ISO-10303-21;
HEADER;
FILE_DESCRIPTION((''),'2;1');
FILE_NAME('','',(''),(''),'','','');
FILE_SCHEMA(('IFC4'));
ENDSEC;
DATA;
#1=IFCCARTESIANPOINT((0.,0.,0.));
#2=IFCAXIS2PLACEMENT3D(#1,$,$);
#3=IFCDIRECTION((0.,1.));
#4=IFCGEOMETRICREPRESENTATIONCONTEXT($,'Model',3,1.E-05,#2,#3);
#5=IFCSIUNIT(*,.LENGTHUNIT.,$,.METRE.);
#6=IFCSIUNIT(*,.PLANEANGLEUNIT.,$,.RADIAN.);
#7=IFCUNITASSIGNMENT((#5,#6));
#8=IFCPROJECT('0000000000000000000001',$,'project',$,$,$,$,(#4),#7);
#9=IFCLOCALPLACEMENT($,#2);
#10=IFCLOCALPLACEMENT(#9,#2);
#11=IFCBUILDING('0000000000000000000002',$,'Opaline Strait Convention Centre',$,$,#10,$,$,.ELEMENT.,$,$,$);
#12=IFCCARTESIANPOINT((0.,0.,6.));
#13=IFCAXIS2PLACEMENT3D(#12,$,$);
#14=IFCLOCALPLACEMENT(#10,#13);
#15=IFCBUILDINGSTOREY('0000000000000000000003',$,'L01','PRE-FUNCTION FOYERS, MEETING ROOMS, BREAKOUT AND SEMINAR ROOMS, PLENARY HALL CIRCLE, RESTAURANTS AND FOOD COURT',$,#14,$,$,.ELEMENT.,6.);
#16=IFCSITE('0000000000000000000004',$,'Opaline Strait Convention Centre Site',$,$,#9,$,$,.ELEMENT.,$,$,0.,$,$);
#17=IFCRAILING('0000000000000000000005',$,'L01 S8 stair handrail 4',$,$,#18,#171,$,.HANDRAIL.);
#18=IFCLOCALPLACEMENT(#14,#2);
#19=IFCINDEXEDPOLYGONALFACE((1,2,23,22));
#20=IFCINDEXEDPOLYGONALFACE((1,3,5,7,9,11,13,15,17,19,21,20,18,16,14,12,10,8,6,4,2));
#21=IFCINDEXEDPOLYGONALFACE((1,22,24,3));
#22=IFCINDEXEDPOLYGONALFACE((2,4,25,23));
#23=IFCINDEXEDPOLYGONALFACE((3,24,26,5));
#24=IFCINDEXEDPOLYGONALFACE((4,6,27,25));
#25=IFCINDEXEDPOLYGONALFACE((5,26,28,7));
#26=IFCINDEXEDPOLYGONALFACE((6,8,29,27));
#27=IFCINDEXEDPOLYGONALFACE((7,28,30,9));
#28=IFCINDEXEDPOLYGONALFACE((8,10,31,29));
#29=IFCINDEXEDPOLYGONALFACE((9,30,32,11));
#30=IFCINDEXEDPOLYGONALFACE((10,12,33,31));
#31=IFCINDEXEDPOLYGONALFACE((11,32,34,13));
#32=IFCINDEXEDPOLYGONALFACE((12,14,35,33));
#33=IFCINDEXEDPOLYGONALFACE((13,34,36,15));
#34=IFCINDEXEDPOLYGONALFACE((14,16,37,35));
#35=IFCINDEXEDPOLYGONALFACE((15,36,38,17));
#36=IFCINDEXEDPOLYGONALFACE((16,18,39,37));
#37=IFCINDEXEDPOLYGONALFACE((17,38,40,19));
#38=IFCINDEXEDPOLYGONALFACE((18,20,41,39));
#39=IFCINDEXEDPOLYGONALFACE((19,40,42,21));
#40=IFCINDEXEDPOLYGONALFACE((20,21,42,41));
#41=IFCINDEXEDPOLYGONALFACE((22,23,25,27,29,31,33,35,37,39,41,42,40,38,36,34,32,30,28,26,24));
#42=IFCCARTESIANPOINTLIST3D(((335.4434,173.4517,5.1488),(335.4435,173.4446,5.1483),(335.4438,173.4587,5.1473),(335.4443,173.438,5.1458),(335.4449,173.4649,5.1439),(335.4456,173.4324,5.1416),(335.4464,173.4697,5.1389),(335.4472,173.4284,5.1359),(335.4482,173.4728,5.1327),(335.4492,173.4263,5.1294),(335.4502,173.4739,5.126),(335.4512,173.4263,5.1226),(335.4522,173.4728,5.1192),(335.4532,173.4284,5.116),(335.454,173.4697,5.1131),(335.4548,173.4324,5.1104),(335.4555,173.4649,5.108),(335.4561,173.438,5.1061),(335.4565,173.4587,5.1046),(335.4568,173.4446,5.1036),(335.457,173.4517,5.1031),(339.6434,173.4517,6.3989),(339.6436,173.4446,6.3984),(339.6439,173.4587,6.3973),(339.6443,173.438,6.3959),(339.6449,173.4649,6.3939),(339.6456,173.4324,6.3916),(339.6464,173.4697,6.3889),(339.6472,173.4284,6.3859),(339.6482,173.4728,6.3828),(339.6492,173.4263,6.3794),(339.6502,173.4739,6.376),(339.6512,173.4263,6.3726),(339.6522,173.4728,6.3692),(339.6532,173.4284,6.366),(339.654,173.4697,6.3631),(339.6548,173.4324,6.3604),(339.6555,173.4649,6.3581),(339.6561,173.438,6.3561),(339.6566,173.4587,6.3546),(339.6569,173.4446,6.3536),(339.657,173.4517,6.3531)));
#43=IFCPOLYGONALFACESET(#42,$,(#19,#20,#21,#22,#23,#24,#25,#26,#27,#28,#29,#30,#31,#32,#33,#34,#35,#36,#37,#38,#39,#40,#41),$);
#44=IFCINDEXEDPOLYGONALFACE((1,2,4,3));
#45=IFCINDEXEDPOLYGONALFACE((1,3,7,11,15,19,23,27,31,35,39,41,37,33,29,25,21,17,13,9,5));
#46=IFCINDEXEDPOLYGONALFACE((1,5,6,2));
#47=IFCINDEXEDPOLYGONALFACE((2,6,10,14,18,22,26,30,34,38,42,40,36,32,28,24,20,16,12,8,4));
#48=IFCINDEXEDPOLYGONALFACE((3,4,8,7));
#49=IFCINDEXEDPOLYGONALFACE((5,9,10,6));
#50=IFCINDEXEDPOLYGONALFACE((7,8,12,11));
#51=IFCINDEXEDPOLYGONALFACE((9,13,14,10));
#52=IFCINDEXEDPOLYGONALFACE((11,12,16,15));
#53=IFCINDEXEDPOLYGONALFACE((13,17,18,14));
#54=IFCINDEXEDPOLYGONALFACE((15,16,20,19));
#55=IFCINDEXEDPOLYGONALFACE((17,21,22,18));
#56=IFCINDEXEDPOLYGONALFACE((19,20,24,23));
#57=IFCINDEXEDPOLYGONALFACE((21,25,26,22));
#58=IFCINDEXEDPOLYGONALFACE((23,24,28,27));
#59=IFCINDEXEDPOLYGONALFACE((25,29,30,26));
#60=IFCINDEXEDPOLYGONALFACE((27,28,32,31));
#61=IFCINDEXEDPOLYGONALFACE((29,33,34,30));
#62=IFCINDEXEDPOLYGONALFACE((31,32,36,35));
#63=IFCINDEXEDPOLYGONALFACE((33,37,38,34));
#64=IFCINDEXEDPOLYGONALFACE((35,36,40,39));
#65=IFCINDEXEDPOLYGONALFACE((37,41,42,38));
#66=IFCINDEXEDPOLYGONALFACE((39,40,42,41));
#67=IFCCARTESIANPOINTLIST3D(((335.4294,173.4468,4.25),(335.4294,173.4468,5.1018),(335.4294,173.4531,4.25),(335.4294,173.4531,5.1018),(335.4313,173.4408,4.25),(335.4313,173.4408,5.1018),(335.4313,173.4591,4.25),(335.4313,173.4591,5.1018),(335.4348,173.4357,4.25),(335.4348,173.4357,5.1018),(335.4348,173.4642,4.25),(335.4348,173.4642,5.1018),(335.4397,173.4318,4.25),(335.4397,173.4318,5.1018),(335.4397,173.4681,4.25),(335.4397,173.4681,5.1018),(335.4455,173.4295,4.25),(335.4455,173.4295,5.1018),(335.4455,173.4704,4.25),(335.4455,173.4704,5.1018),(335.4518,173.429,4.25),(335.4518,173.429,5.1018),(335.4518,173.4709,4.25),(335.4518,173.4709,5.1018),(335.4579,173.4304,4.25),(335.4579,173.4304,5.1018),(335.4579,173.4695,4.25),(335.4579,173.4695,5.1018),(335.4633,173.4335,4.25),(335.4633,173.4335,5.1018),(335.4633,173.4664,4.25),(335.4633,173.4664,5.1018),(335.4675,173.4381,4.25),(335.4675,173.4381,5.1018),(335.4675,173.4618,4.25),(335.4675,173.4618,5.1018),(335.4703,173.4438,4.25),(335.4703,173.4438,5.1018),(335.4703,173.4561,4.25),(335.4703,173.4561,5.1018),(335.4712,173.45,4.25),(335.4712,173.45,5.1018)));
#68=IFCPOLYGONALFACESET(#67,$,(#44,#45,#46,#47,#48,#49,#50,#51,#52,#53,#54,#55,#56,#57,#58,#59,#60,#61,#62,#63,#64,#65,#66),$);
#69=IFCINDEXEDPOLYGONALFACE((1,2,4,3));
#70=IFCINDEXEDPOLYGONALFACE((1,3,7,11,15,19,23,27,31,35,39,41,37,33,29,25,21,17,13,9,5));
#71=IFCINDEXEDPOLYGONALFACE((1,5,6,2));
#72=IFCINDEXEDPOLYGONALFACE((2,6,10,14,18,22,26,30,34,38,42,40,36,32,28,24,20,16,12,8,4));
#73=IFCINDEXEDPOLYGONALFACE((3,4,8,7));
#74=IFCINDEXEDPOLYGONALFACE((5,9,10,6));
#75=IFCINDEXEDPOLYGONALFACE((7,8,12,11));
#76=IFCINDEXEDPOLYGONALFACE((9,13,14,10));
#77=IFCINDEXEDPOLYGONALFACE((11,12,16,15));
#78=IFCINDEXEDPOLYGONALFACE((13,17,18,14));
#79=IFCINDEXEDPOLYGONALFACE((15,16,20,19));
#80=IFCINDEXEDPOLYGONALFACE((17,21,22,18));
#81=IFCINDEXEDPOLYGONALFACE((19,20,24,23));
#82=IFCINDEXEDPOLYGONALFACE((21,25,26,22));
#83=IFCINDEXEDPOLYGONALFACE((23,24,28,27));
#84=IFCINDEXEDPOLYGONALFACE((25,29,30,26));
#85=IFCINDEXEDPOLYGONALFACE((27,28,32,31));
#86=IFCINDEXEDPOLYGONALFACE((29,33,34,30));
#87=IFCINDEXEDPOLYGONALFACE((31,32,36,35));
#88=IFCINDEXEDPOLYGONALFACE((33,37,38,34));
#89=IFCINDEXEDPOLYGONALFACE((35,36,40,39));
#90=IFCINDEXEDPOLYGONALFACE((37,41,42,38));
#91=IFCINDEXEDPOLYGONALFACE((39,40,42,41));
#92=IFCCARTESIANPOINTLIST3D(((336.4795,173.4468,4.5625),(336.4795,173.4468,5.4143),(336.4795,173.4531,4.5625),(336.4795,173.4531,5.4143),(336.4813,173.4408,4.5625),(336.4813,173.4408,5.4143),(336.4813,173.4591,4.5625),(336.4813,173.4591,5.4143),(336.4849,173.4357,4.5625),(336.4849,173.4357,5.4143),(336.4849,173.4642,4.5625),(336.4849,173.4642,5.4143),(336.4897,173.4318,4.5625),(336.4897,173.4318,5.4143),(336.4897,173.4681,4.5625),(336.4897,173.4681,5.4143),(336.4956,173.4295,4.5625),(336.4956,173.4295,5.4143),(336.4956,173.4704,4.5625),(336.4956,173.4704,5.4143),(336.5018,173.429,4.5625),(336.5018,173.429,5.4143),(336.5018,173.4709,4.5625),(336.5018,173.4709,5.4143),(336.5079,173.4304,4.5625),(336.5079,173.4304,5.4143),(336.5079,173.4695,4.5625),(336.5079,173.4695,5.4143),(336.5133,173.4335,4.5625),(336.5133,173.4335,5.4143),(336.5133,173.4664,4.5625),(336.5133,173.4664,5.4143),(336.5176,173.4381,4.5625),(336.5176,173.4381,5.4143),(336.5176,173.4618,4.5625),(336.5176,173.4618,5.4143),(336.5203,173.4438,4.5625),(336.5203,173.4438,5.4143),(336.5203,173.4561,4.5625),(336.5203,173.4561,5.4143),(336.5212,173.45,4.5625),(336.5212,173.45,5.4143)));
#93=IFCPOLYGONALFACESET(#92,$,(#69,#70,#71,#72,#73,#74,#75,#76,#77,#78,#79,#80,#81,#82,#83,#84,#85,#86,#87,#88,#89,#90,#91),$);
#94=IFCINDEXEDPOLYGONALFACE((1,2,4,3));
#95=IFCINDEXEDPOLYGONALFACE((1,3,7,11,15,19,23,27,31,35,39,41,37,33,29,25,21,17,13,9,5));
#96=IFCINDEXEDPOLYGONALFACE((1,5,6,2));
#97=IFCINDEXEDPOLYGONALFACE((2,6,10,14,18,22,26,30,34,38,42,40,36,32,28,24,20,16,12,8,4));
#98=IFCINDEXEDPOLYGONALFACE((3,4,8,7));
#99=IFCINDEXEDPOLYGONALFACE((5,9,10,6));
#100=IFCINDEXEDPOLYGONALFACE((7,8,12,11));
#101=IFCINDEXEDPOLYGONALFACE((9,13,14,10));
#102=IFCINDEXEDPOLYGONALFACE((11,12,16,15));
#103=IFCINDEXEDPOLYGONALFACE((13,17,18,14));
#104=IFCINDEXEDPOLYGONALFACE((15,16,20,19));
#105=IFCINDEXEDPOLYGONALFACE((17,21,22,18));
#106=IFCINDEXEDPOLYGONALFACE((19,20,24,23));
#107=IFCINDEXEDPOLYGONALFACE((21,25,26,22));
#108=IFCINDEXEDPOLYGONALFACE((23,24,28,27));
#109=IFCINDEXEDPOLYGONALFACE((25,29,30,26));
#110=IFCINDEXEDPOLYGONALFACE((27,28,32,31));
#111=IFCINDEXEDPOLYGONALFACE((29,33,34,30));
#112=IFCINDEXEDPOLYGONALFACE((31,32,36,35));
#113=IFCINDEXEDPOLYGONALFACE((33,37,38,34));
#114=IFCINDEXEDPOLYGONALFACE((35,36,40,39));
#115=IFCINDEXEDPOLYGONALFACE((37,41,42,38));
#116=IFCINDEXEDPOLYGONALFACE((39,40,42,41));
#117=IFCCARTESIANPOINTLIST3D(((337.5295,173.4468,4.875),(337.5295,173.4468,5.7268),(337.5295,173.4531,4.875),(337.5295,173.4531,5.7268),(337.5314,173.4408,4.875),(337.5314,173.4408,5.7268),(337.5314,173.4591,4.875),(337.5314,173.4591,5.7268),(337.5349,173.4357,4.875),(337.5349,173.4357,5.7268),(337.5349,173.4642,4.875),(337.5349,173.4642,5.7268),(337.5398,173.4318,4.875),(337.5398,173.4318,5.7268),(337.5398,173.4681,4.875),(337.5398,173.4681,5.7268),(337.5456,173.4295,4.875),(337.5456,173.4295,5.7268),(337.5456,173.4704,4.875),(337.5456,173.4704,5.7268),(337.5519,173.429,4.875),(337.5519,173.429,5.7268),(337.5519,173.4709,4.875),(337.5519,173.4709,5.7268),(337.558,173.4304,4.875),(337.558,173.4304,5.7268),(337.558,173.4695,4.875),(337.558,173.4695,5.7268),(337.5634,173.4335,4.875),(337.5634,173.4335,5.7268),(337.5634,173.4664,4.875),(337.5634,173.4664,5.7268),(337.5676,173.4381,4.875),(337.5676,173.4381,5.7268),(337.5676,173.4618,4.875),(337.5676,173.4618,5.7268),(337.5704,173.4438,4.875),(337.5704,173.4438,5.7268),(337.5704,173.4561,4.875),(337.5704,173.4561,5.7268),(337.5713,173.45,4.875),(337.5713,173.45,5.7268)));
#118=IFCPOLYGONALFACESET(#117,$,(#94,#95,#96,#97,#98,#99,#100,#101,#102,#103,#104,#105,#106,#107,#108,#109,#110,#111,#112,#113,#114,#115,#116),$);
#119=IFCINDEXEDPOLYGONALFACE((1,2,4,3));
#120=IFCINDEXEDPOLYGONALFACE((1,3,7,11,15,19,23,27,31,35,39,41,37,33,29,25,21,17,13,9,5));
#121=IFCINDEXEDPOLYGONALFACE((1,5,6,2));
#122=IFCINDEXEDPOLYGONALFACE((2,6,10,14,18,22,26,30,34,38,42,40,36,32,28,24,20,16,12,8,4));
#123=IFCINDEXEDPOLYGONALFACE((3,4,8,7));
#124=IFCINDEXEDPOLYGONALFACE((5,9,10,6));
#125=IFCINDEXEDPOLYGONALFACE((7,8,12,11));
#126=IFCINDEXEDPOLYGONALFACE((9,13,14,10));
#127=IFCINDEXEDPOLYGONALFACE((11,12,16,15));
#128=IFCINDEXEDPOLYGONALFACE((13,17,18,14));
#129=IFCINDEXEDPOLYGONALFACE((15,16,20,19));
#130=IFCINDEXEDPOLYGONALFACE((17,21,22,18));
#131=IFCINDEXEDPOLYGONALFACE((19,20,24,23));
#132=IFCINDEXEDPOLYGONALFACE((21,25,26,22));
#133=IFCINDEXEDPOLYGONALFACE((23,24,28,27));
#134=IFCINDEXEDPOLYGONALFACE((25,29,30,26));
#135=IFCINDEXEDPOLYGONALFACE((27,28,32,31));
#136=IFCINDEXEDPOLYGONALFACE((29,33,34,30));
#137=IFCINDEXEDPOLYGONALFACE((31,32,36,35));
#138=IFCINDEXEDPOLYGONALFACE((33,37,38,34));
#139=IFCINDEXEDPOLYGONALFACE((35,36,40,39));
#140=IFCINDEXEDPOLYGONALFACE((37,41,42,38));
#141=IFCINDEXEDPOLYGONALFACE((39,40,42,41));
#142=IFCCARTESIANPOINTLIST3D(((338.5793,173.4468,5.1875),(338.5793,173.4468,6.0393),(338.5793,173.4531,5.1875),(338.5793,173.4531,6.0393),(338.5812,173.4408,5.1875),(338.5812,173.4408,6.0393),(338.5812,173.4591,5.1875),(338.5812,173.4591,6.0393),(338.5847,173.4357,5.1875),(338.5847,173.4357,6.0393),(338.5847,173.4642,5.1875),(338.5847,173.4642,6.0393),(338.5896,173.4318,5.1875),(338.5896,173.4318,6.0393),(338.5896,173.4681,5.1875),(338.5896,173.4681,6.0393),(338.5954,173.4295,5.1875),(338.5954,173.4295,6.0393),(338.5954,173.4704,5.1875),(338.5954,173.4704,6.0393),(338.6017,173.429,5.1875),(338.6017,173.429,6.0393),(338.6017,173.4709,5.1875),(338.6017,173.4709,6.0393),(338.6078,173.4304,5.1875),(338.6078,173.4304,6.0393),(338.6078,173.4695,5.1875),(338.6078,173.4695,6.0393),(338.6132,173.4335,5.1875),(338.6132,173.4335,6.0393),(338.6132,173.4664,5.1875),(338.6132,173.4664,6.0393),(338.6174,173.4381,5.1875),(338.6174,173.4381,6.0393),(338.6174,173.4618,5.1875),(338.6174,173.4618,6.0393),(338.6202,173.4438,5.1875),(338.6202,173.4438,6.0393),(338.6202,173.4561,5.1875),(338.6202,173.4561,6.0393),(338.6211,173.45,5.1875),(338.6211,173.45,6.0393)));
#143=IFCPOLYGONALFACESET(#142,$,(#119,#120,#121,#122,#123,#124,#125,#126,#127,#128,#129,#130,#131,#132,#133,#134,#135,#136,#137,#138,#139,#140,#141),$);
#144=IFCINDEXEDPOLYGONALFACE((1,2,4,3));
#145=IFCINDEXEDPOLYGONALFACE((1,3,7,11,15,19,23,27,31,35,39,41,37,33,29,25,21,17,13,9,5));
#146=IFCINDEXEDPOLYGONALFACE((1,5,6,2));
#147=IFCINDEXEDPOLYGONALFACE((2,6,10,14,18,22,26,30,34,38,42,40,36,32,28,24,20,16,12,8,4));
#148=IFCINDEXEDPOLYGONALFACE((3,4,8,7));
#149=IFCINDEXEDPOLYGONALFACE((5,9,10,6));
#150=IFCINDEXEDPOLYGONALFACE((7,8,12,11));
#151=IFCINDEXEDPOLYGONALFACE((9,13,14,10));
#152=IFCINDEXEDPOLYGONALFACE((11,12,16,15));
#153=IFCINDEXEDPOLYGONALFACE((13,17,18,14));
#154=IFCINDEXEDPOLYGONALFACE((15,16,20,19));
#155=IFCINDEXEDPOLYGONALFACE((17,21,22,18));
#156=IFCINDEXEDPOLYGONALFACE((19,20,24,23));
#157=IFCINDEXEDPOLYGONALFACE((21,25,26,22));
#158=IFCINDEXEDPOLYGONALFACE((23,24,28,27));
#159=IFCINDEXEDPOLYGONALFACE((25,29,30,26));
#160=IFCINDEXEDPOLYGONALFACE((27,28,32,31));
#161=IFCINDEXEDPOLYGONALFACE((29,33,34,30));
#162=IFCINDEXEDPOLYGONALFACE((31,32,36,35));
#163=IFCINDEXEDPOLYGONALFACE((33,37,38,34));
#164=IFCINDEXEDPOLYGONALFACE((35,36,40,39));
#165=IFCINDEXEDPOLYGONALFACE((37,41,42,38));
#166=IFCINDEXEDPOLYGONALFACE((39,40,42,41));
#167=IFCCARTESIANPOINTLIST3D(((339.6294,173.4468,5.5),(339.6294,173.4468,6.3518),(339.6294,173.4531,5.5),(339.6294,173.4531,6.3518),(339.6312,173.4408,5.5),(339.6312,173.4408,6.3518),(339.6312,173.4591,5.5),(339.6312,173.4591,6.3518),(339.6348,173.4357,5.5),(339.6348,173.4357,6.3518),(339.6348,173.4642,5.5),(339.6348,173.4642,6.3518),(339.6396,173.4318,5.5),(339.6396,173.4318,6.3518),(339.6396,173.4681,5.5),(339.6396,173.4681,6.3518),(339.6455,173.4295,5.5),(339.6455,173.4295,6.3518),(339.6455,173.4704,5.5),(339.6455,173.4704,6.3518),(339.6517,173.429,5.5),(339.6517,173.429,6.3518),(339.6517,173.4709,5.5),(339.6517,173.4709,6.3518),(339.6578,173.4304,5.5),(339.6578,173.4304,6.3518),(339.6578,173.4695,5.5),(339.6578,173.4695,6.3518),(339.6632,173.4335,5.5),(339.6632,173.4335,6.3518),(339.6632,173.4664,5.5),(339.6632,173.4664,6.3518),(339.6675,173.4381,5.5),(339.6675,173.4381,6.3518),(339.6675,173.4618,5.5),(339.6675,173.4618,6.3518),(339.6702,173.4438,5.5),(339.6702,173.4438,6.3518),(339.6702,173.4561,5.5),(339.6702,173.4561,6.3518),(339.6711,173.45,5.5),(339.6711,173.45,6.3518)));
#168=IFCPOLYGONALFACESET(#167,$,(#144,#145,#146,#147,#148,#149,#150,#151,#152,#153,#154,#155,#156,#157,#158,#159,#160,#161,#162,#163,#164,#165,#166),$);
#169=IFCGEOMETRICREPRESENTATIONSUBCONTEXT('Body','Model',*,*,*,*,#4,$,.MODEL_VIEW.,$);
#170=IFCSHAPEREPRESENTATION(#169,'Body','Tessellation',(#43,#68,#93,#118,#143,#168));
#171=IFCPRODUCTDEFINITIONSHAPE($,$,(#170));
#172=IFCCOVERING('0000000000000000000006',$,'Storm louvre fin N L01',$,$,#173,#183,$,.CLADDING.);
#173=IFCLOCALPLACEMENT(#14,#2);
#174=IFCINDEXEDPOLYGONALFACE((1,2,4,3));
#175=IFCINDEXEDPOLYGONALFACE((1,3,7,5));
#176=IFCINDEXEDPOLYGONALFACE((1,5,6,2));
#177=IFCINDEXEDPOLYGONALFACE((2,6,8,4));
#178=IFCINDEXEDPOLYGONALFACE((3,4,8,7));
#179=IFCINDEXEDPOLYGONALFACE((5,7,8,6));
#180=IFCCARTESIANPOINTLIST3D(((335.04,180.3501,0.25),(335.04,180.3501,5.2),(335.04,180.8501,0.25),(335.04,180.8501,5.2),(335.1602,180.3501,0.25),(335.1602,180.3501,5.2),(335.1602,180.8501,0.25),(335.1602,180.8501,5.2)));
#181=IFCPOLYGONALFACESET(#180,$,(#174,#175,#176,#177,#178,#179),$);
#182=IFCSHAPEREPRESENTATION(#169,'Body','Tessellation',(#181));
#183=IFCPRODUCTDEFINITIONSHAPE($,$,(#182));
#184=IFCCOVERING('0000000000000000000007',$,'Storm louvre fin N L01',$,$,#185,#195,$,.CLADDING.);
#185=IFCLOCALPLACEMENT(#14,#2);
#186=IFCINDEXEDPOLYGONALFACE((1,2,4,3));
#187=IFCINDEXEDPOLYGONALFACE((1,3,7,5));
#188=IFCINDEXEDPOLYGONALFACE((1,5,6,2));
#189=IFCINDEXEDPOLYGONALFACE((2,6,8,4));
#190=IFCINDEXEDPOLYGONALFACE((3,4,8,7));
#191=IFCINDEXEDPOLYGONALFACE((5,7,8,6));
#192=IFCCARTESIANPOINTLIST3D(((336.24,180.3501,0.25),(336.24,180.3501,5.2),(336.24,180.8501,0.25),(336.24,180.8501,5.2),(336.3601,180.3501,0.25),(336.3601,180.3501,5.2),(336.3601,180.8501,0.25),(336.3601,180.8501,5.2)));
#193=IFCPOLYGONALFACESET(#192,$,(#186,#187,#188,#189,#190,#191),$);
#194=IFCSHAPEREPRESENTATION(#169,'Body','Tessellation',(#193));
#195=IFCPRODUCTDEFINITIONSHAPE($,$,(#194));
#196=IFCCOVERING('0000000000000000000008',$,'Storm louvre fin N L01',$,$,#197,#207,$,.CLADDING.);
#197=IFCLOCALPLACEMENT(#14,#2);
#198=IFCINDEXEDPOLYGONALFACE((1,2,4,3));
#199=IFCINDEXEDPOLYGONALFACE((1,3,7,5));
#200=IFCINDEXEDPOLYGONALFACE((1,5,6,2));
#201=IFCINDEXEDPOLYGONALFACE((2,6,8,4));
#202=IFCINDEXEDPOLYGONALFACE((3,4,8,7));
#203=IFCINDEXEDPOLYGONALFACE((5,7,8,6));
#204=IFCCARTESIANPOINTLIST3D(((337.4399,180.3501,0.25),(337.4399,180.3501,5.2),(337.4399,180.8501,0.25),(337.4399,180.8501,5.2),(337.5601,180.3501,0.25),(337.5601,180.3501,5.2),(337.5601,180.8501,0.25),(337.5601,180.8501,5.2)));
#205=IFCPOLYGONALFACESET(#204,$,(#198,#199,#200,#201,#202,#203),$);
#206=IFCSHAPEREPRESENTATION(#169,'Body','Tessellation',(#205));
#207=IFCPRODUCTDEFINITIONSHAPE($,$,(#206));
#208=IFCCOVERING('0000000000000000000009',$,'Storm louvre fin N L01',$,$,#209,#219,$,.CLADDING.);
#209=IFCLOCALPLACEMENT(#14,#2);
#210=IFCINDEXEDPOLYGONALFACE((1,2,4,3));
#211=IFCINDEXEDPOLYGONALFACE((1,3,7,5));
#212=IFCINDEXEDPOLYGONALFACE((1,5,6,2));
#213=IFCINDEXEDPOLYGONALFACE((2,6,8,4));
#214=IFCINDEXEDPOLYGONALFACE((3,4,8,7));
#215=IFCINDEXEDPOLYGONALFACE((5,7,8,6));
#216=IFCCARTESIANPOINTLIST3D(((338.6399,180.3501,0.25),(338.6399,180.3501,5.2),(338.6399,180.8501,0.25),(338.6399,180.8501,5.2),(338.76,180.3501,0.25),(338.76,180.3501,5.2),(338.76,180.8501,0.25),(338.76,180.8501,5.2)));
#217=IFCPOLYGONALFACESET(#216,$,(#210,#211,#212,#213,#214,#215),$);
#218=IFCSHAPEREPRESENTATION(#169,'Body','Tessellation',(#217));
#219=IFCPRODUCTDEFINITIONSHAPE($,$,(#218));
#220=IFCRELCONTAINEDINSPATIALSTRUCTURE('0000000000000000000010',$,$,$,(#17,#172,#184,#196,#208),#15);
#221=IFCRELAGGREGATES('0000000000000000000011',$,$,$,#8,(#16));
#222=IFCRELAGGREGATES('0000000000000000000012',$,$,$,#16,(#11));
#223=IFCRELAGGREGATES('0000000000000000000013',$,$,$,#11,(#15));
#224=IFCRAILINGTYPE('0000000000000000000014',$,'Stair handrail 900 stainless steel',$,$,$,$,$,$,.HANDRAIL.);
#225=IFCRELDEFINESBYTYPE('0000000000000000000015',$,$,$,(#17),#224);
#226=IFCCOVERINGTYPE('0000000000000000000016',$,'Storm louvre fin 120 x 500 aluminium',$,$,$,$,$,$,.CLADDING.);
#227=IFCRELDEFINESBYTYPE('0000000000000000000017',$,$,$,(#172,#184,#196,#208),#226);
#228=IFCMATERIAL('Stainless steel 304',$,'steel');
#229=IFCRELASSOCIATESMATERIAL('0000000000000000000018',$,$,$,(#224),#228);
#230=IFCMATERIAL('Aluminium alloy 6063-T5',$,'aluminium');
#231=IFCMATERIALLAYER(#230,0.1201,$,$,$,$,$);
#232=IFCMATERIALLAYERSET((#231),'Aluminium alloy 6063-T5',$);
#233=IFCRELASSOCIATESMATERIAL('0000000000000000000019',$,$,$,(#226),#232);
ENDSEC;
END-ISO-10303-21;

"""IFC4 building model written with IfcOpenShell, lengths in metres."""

from ifc_helpers import new_model, si_unit, direction, frame, origin, origin_2d, place, context, subcontext, project, spatial, rectangle, circle, extrude, material, layer, layer_set, type_object, element, save


model = new_model("IFC4")

# Units and contexts
model_context = context("Model", 3, precision=1e-05, world=origin(), true_north=direction((0.0, 1.0)))
body_context = subcontext(model_context, "Body", "Model", "MODEL_VIEW")
ifc_project = project(units=[si_unit("LENGTHUNIT", "METRE"), si_unit("PLANEANGLEUNIT", "RADIAN")], contexts=[model_context])

# Site, building, storey
site_placement = place(None, origin())
site = spatial("IfcSite", under=ifc_project, at=site_placement, Name="Opaline Strait Convention Centre Site", CompositionType="ELEMENT", RefElevation=0.0)
building_placement = place(site_placement, origin())
building = spatial("IfcBuilding", under=site, at=building_placement, Name="Opaline Strait Convention Centre", CompositionType="ELEMENT")
storey_placement = place(building_placement, frame((0.0, 0.0, 6.0)))
storey = spatial("IfcBuildingStorey", under=building, at=storey_placement, Name="L01", Description="PRE-FUNCTION FOYERS, MEETING ROOMS, BREAKOUT AND SEMINAR ROOMS, PLENARY HALL CIRCLE, RESTAURANTS AND FOOD COURT", CompositionType="ELEMENT", Elevation=6.0)

# Railing
ifc_material_1 = material(Name="Stainless steel 304", Category="steel")
railing_type_1 = type_object("IfcRailingType", Name="Stair handrail 900 stainless steel", PredefinedType="HANDRAIL", material=ifc_material_1)
railing_1_placement = place(storey_placement, frame((335.4502, 173.45, 4.25)))
element("IfcRailing", 1, at=railing_1_placement, inside=storey, type_object=railing_type_1, Name="L01 S8 stair handrail 4", PredefinedType="HANDRAIL", context=body_context, shape_type="SweptSolid", body=[
    extrude(circle(Radius=0.0239, at=origin_2d()), frame((0.0, 0.0, 0.876), z_axis=(0.958451, 0.0, 0.285257), x_axis=(0.0, 1.0, 0.0)), (0.0, 0.0, 1.0), 4.3821),
    extrude(circle(Radius=0.021, at=origin_2d()), origin(), (0.0, 0.0, 1.0), 0.8518),
    extrude(circle(Radius=0.021, at=origin_2d()), frame((1.05, 0.0, 0.3125)), (0.0, 0.0, 1.0), 0.8518),
    extrude(circle(Radius=0.021, at=origin_2d()), frame((2.1001, 0.0, 0.625)), (0.0, 0.0, 1.0), 0.8518),
    extrude(circle(Radius=0.021, at=origin_2d()), frame((3.1499, 0.0, 0.9375)), (0.0, 0.0, 1.0), 0.8518),
    extrude(circle(Radius=0.021, at=origin_2d()), frame((4.2, 0.0, 1.25)), (0.0, 0.0, 1.0), 0.8518),
])

# Coverings
ifc_material_2 = material(Name="Aluminium alloy 6063-T5", Category="aluminium")
ifc_layer = layer(ifc_material_2, 0.1201)
ifc_layer_set = layer_set([ifc_layer], Name="Aluminium alloy 6063-T5")
covering_type = type_object("IfcCoveringType", Name="Storm louvre fin 120 x 500 aluminium", PredefinedType="CLADDING", material=ifc_layer_set)
for number, where, z_axis, x_axis, name in (
    (2, (335.1001, 180.6001, 0.25), (0.0, 0.0, 1.0), (1.0, 0.0, 0.0), "Storm louvre fin N L01"),
    (3, (336.3, 180.6001, 0.25), (0.0, 0.0, 1.0), (1.0, 0.0, 0.0), "Storm louvre fin N L01"),
    (4, (337.5, 180.6001, 0.25), (0.0, 0.0, 1.0), (1.0, 0.0, 0.0), "Storm louvre fin N L01"),
    (5, (338.7, 180.6001, 0.25), (0.0, 0.0, 1.0), (1.0, 0.0, 0.0), "Storm louvre fin N L01"),
):
    element("IfcCovering", number, at=place(storey_placement, frame(where, z_axis=z_axis, x_axis=x_axis)), inside=storey, type_object=covering_type, Name=name, PredefinedType="CLADDING", context=body_context, shape_type="SweptSolid", body=[
        extrude(rectangle(XDim=0.1201, YDim=0.5, at=origin_2d()), origin(), (0.0, 0.0, 1.0), 4.95),
    ])

save(model, "model.ifc")
